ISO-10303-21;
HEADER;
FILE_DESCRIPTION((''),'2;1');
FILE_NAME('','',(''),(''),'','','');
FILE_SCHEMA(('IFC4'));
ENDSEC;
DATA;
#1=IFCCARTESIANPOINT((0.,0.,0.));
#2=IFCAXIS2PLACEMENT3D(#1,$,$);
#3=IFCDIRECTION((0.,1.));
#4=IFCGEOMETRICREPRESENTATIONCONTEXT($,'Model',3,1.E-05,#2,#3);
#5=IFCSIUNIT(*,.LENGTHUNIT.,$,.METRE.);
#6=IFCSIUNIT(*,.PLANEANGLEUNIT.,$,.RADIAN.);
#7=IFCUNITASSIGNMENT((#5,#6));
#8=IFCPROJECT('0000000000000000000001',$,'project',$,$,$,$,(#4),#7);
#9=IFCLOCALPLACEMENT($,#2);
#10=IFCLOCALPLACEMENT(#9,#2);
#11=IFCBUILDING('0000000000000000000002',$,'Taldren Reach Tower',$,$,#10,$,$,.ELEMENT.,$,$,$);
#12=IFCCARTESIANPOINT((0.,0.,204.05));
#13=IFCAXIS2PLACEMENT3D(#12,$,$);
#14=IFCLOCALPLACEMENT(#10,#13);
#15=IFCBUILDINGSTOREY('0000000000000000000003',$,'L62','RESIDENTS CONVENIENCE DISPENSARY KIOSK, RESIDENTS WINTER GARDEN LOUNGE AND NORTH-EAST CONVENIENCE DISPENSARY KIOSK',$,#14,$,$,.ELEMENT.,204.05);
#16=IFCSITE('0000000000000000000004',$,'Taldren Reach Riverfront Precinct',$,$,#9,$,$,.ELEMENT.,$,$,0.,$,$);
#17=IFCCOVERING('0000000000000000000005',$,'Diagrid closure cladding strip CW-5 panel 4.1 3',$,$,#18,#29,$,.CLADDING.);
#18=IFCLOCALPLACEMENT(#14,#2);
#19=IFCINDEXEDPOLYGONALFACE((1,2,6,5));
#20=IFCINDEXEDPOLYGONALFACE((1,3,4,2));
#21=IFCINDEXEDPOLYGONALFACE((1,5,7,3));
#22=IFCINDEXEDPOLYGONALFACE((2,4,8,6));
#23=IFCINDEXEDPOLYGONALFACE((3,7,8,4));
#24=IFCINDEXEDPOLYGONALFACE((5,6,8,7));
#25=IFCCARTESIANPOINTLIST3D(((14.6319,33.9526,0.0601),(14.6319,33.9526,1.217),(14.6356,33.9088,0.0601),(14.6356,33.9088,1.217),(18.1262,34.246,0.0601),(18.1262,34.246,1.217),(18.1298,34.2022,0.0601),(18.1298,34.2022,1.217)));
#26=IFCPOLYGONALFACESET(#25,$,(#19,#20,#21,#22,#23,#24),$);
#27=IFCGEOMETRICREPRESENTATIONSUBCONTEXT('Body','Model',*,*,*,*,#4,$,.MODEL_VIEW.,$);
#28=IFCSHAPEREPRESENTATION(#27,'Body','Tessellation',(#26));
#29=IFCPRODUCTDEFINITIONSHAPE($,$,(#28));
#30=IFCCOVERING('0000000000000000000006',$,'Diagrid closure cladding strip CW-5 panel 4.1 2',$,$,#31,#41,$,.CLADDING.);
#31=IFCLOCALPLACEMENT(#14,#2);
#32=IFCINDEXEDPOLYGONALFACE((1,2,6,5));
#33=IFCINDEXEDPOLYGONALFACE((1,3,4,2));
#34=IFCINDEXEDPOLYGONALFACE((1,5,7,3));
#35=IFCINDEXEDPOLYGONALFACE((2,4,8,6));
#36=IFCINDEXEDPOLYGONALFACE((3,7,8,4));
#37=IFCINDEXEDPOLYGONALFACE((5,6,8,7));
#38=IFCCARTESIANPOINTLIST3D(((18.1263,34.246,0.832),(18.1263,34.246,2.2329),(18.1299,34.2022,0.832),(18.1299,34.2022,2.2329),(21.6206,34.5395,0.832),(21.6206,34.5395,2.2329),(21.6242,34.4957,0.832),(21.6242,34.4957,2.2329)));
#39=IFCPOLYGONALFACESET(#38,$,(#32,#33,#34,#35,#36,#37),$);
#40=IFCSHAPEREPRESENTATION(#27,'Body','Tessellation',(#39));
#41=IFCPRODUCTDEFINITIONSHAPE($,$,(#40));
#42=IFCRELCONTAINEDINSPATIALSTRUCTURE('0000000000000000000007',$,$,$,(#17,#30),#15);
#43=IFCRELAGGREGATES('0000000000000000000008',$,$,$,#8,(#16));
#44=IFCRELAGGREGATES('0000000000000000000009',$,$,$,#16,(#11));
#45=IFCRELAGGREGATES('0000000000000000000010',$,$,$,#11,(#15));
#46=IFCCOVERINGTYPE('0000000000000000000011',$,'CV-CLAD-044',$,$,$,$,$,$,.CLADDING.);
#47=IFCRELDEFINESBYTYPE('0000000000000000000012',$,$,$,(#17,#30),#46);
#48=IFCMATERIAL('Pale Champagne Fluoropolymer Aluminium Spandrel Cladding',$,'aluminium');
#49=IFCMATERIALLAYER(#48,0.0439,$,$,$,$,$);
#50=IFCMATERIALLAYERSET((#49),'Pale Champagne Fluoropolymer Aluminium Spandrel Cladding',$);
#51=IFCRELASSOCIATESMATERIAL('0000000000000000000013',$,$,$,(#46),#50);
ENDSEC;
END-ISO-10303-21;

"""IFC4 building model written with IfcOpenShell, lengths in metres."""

from ifc_helpers import new_model, si_unit, direction, frame, origin, origin_2d, place, context, subcontext, project, spatial, rectangle, extrude, source, transform, mapped, material, layer, layer_set, type_object, element, save


model = new_model("IFC4")

# Units and contexts
model_context = context("Model", 3, precision=1e-05, world=origin(), true_north=direction((0.0, 1.0)))
body_context = subcontext(model_context, "Body", "Model", "MODEL_VIEW")
ifc_project = project(units=[si_unit("LENGTHUNIT", "METRE"), si_unit("PLANEANGLEUNIT", "RADIAN")], contexts=[model_context])

# Site, building, storey
site_placement = place(None, origin())
site = spatial("IfcSite", under=ifc_project, at=site_placement, Name="Taldren Reach Riverfront Precinct", CompositionType="ELEMENT", RefElevation=0.0)
building_placement = place(site_placement, origin())
building = spatial("IfcBuilding", under=site, at=building_placement, Name="Taldren Reach Tower", CompositionType="ELEMENT")
storey_placement = place(building_placement, frame((0.0, 0.0, 204.05)))
storey = spatial("IfcBuildingStorey", under=building, at=storey_placement, Name="L62", Description="RESIDENTS CONVENIENCE DISPENSARY KIOSK, RESIDENTS WINTER GARDEN LOUNGE AND NORTH-EAST CONVENIENCE DISPENSARY KIOSK", CompositionType="ELEMENT", Elevation=204.05)

# Coverings
ifc_material_1 = material(Name="Pale Champagne Fluoropolymer Aluminium Spandrel Cladding", Category="aluminium")
ifc_layer_1 = layer(ifc_material_1, 0.0439)
ifc_layer_set_1 = layer_set([ifc_layer_1], Name="Pale Champagne Fluoropolymer Aluminium Spandrel Cladding")
covering_type = type_object("IfcCoveringType", Name="CV-CLAD-044", PredefinedType="CLADDING", material=ifc_layer_set_1)
shared_shape_1 = source(origin(), body_context, "Body", "SweptSolid", [
    extrude(rectangle(XDim=3.5066, YDim=0.0439, at=origin_2d()), origin(), (0.0, 0.0, 1.0), 1.157),
])
covering_1_placement = place(storey_placement, frame((16.3809, 34.0774, 0.0601), z_axis=(0.0, 0.0, 1.0), x_axis=(-0.996493, -0.083678, 0.0)))
element("IfcCovering", 1, at=covering_1_placement, inside=storey, type_object=covering_type, Name="Diagrid closure cladding strip CW-5 panel 4.1 3", PredefinedType="CLADDING", context=body_context, shape_type="MappedRepresentation", body=[
    mapped(shared_shape_1, transform((0.0, 0.0, 0.0), scale=1.0)),
])
shared_shape_2 = source(origin(), body_context, "Body", "SweptSolid", [
    extrude(rectangle(XDim=3.5066, YDim=0.0439, at=origin_2d()), origin(), (0.0, 0.0, 1.0), 1.4009),
])
covering_2_placement = place(storey_placement, frame((19.8752, 34.3708, 0.832), z_axis=(0.0, 0.0, 1.0), x_axis=(-0.996493, -0.083678, 0.0)))
element("IfcCovering", 2, at=covering_2_placement, inside=storey, type_object=covering_type, Name="Diagrid closure cladding strip CW-5 panel 4.1 2", PredefinedType="CLADDING", context=body_context, shape_type="MappedRepresentation", body=[
    mapped(shared_shape_2, transform((0.0, 0.0, 0.0), scale=1.0)),
])

save(model, "model.ifc")
